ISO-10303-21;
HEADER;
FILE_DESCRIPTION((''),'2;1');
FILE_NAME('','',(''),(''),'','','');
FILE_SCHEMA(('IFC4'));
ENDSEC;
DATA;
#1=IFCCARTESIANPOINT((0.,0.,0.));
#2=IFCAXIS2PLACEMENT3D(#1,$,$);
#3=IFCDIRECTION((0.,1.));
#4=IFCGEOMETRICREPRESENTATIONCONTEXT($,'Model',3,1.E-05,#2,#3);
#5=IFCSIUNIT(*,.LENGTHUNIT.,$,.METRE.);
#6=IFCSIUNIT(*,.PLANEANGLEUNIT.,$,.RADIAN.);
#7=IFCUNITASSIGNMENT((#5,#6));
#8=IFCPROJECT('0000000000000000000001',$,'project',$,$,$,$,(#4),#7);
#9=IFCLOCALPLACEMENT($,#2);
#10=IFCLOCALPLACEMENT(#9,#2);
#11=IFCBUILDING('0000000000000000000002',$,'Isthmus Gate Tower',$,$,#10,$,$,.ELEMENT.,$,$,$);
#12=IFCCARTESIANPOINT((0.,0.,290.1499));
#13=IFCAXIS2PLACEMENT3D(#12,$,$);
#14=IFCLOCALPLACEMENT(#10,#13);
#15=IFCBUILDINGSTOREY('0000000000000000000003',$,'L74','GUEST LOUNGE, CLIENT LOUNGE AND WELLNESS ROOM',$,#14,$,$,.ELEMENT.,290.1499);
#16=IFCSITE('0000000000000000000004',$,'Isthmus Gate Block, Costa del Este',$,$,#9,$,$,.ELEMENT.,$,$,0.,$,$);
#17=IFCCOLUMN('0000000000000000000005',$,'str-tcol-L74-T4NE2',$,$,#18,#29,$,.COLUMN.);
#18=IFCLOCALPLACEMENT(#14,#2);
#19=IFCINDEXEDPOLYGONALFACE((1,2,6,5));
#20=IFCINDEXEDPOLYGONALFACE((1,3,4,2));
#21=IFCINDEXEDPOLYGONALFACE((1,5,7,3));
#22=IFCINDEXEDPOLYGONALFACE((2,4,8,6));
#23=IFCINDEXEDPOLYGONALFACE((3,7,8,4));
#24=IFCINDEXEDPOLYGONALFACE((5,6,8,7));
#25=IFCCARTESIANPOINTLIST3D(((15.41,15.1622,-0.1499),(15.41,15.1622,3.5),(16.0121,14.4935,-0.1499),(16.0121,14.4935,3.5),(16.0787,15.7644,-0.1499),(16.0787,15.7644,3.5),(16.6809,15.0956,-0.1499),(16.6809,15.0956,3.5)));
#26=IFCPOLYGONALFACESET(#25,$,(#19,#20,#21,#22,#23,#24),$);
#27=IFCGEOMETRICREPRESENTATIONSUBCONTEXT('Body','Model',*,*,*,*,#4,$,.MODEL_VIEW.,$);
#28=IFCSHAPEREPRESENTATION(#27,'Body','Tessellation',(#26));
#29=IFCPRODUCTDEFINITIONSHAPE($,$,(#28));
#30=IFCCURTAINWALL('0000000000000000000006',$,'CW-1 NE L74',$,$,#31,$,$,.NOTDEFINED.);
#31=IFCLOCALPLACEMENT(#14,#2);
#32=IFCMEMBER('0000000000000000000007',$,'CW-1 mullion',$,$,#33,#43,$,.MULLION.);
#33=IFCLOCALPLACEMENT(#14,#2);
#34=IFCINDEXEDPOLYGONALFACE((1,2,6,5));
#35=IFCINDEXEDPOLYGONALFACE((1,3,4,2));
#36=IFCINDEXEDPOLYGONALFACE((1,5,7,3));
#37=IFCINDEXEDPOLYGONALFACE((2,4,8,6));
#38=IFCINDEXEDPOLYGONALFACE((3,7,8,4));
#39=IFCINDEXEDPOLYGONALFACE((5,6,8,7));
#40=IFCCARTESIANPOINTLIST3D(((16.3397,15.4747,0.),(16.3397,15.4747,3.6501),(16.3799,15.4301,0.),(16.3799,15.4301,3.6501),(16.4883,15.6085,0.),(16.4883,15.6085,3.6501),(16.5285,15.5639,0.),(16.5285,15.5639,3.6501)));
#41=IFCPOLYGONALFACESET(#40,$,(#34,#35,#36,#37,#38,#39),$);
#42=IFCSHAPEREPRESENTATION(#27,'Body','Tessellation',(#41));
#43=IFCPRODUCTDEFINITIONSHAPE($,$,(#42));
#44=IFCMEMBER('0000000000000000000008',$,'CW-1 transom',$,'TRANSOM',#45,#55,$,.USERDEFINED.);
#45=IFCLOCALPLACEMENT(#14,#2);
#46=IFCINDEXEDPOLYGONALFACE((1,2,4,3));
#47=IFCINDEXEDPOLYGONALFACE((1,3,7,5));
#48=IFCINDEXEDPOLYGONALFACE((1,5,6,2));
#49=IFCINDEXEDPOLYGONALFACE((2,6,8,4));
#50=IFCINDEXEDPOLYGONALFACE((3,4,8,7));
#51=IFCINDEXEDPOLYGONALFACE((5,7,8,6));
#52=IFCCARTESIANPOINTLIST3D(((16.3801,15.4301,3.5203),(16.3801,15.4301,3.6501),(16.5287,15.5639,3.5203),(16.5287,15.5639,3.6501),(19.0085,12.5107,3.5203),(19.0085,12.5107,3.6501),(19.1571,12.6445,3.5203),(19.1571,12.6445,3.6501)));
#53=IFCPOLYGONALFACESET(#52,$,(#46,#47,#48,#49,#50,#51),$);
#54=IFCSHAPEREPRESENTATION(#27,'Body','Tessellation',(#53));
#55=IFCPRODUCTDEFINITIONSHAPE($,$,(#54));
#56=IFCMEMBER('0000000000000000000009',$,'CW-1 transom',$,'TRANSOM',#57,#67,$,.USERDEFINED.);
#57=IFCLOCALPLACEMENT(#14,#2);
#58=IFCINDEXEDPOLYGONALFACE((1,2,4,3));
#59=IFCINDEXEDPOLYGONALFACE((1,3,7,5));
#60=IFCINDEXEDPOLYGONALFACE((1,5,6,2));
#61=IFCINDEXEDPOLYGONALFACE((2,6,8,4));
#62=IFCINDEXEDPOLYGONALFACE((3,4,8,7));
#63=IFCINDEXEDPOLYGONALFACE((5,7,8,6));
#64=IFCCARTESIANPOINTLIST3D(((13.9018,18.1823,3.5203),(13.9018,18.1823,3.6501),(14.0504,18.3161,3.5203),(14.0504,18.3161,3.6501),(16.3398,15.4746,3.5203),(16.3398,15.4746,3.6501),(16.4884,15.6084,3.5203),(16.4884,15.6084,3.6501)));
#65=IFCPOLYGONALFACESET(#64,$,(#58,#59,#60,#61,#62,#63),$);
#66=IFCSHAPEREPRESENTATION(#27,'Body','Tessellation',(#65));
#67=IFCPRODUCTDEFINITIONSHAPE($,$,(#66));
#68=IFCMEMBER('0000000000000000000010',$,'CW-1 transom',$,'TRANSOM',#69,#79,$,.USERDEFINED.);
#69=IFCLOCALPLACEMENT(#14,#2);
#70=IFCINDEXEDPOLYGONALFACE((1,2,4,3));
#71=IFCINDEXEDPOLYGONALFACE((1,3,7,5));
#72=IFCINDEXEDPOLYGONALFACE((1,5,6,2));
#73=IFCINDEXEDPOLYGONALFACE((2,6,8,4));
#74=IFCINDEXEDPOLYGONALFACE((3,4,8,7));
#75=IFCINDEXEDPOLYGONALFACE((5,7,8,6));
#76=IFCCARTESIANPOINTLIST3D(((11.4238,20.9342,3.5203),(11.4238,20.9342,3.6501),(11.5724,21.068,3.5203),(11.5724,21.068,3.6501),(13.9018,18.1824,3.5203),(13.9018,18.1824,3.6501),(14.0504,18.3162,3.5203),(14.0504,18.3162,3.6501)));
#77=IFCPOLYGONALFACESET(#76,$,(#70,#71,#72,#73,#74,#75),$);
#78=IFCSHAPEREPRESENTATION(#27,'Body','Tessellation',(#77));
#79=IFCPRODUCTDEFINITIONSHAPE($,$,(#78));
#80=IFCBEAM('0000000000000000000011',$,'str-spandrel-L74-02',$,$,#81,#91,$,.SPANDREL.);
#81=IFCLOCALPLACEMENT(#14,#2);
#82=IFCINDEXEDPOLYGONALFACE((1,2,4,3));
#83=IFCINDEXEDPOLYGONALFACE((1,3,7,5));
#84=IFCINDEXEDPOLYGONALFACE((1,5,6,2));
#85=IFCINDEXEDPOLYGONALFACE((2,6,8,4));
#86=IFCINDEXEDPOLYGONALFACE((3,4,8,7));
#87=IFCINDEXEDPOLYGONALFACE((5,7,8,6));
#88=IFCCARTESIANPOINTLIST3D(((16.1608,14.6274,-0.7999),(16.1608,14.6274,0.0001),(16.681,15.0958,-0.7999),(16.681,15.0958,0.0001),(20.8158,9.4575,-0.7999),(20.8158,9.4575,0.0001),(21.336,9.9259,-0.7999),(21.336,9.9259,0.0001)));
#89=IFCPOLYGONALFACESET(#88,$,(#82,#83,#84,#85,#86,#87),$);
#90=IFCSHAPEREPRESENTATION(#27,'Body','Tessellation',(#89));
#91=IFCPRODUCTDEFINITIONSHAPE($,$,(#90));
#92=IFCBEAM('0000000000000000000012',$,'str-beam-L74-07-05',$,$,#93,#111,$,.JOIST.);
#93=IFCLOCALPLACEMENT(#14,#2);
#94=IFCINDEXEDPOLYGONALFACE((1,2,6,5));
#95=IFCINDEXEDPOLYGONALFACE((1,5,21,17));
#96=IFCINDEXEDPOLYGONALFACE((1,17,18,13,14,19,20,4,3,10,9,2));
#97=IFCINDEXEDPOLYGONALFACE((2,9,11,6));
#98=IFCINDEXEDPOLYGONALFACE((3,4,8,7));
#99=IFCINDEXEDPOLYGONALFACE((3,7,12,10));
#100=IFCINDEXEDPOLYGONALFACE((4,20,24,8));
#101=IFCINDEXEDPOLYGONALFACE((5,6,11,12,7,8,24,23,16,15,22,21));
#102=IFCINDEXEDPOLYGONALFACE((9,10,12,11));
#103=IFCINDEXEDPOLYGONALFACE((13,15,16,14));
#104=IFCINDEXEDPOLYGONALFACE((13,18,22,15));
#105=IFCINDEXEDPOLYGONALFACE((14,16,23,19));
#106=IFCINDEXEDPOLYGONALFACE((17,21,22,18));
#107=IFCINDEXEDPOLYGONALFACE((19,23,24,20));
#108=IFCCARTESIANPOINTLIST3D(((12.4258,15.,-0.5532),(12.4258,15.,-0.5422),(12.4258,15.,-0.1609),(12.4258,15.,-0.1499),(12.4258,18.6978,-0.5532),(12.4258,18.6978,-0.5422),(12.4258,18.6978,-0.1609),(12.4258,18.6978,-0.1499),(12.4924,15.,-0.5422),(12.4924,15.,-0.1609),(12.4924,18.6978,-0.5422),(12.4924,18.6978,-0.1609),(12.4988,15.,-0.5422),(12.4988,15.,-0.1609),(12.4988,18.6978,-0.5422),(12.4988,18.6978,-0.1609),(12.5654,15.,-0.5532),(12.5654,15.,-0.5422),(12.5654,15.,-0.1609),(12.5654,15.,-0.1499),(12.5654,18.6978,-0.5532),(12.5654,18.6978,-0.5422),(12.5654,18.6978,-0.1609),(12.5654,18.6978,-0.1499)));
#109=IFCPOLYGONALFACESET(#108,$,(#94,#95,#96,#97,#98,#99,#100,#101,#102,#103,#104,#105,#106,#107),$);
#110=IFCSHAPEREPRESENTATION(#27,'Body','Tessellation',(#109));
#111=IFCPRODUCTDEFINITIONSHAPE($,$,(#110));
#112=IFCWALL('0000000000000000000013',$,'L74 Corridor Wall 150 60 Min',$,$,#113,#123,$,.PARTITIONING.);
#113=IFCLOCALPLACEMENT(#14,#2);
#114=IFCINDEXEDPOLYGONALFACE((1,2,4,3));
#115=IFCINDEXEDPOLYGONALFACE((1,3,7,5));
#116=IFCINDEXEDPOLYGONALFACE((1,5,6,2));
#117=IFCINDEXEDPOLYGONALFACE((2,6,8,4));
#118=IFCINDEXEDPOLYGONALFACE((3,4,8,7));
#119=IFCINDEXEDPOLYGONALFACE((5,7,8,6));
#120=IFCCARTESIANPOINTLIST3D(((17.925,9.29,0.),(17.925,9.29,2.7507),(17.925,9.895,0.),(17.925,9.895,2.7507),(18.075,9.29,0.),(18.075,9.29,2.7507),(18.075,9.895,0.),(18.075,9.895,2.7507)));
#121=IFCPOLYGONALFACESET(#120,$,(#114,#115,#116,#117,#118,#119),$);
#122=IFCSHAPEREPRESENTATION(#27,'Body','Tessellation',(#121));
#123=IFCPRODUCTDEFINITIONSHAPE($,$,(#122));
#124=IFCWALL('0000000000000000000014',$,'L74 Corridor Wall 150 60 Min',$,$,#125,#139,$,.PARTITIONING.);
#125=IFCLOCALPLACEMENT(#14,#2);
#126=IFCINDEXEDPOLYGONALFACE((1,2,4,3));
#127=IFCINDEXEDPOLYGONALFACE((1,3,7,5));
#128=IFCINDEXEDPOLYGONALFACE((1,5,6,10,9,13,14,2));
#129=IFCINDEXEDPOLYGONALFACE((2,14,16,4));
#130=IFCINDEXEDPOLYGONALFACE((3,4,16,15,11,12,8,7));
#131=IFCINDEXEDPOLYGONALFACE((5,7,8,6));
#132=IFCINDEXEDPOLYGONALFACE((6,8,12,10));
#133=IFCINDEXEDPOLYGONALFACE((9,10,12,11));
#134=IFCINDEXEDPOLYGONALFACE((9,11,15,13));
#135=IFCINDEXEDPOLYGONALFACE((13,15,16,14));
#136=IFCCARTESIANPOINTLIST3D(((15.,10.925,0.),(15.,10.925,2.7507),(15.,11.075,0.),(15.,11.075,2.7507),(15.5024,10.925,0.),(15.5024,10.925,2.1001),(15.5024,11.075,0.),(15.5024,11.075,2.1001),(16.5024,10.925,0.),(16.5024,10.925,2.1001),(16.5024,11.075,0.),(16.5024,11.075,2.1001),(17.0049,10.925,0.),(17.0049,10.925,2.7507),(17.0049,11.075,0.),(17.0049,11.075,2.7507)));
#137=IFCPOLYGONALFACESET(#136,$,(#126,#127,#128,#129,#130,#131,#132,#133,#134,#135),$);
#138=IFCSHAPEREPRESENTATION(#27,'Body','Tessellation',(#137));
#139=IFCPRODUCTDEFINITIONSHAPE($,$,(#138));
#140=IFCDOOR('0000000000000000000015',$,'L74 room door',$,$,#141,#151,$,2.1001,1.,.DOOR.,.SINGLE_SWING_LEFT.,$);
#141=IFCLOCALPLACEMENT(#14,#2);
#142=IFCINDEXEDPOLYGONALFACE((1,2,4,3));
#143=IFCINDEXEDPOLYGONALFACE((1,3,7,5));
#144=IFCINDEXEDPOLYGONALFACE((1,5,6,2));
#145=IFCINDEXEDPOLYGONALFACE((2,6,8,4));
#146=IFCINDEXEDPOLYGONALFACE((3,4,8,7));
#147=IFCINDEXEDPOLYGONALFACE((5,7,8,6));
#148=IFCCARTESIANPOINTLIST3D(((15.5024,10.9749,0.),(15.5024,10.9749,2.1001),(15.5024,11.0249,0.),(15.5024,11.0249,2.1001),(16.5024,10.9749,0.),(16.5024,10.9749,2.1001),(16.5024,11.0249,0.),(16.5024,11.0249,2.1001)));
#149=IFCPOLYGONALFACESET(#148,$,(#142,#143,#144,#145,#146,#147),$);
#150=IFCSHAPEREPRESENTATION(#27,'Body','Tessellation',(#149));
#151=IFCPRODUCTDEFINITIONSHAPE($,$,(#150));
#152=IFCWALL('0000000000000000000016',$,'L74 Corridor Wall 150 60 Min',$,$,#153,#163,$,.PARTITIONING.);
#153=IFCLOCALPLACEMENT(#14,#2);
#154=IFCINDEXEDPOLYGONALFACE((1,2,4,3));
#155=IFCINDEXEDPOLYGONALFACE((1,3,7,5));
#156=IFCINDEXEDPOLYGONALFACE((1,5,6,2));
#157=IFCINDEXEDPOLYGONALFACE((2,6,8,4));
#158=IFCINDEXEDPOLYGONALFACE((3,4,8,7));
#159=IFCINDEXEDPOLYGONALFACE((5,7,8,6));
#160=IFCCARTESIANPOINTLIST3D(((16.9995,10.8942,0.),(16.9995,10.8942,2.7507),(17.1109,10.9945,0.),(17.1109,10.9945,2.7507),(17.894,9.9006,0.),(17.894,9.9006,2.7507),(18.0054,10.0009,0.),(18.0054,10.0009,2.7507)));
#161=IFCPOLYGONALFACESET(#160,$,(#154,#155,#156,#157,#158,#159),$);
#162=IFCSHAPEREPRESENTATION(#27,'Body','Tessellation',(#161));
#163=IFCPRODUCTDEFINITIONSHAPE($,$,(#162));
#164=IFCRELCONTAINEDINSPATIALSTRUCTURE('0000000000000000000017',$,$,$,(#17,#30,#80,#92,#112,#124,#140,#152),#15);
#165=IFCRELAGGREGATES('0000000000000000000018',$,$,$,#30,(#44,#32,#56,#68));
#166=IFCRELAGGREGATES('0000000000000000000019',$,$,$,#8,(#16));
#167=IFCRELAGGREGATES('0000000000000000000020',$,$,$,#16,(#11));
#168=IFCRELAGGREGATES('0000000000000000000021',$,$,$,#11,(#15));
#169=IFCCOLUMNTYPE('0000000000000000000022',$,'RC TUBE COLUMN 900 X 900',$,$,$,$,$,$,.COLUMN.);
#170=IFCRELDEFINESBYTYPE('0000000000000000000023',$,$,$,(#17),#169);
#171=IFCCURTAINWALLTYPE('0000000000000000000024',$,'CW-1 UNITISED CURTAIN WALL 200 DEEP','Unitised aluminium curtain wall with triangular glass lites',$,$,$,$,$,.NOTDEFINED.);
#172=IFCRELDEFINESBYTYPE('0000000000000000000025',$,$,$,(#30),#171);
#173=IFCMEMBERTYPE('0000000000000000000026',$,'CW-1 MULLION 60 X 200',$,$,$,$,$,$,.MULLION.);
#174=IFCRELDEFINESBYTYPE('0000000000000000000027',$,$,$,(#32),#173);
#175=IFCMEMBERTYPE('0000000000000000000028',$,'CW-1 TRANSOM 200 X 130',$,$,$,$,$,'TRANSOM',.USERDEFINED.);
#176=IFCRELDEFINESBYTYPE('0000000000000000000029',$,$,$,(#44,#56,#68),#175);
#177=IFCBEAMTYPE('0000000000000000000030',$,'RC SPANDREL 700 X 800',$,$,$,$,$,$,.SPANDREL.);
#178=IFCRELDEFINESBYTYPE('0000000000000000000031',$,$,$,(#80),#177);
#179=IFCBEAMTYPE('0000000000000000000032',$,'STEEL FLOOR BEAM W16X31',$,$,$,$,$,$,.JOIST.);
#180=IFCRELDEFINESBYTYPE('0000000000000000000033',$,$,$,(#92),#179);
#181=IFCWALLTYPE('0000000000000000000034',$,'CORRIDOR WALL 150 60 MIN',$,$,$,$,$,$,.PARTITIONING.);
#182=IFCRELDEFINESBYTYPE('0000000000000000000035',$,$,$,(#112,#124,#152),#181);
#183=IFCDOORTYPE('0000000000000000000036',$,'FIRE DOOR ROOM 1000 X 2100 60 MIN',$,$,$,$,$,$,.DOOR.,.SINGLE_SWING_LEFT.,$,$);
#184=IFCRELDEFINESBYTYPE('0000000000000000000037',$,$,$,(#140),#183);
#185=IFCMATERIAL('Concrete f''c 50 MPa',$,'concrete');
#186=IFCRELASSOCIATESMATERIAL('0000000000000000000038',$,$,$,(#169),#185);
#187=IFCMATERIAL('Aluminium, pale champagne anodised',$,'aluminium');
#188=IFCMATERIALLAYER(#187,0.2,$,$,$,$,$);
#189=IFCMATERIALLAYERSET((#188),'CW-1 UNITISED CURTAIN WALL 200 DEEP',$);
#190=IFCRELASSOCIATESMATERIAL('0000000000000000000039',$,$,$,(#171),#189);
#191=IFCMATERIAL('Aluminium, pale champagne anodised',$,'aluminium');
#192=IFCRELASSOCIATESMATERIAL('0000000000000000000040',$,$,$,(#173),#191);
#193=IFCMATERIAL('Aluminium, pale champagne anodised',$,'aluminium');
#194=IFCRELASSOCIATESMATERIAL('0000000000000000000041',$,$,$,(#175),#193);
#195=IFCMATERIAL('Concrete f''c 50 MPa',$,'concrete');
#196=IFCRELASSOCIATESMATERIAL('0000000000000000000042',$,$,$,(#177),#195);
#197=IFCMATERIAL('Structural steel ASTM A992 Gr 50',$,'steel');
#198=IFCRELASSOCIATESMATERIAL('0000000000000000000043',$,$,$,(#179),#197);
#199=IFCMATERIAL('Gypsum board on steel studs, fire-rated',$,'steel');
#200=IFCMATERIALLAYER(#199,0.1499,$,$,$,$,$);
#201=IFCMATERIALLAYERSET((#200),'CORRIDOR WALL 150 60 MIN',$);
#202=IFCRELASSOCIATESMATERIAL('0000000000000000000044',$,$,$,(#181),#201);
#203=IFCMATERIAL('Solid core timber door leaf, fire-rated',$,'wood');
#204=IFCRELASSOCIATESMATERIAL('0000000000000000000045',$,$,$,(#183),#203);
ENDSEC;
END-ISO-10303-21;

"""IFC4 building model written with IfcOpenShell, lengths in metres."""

from ifc_helpers import new_model, si_unit, direction, frame, frame_2d, origin, origin_2d, place, context, subcontext, project, spatial, rectangle, i_section, extrude, material, layer, layer_set, material_profile, profile_set, type_object, element, fill, aggregate, save


model = new_model("IFC4")

# Units and contexts
model_context = context("Model", 3, precision=1e-05, world=origin(), true_north=direction((0.0, 1.0)))
body_context = subcontext(model_context, "Body", "Model", "MODEL_VIEW")
ifc_project = project(units=[si_unit("LENGTHUNIT", "METRE"), si_unit("PLANEANGLEUNIT", "RADIAN")], contexts=[model_context])

# Site, building, storey
site_placement = place(None, origin())
site = spatial("IfcSite", under=ifc_project, at=site_placement, Name="Isthmus Gate Block, Costa del Este", CompositionType="ELEMENT", RefElevation=0.0)
building_placement = place(site_placement, origin())
building = spatial("IfcBuilding", under=site, at=building_placement, Name="Isthmus Gate Tower", CompositionType="ELEMENT")
storey_placement = place(building_placement, frame((0.0, 0.0, 290.1499)))
storey = spatial("IfcBuildingStorey", under=building, at=storey_placement, Name="L74", Description="GUEST LOUNGE, CLIENT LOUNGE AND WELLNESS ROOM", CompositionType="ELEMENT", Elevation=290.1499)

# Column
ifc_material_1 = material(Name="Concrete f'c 50 MPa", Category="concrete")
ifc_material_profile_1 = material_profile(ifc_material_1, rectangle(XDim=0.8999, YDim=0.8999, at=origin_2d()), Name="RC 900X900")
ifc_profile_set_1 = profile_set([ifc_material_profile_1], Name="Concrete f'c 50 MPa")
column_type = type_object("IfcColumnType", Name="RC TUBE COLUMN 900 X 900", PredefinedType="COLUMN", material=ifc_profile_set_1)
column_placement = place(storey_placement, frame((16.0454, 15.1289, -0.1499), z_axis=(0.0, 0.0, 1.0), x_axis=(-0.669131, 0.743145, 0.0)))
element("IfcColumn", 1, at=column_placement, inside=storey, type_object=column_type, Name="str-tcol-L74-T4NE2", PredefinedType="COLUMN", context=body_context, shape_type="SweptSolid", body=[
    extrude(rectangle(XDim=0.8999, YDim=0.8999, at=origin_2d()), origin(), (0.0, 0.0, 1.0), 3.6499),
])

# Curtain wall, members
ifc_material_2 = material(Name="Aluminium, pale champagne anodised", Category="aluminium")
ifc_layer_1 = layer(ifc_material_2, 0.2)
ifc_layer_set_1 = layer_set([ifc_layer_1], Name="CW-1 UNITISED CURTAIN WALL 200 DEEP")
curtain_wall_type = type_object("IfcCurtainWallType", Name="CW-1 UNITISED CURTAIN WALL 200 DEEP", Description="Unitised aluminium curtain wall with triangular glass lites", PredefinedType="NOTDEFINED", material=ifc_layer_set_1)
curtain_wall_placement = place(storey_placement, origin())
curtain_wall = element("IfcCurtainWall", 2, at=curtain_wall_placement, inside=storey, type_object=curtain_wall_type, Name="CW-1 NE L74", PredefinedType="NOTDEFINED")
ifc_material_3 = material(Name="Aluminium, pale champagne anodised", Category="aluminium")
ifc_material_profile_2 = material_profile(ifc_material_3, rectangle(XDim=0.0601, YDim=0.2, at=origin_2d()), Name="60x200")
ifc_profile_set_2 = profile_set([ifc_material_profile_2], Name="Aluminium, pale champagne anodised")
member_type_1 = type_object("IfcMemberType", Name="CW-1 MULLION 60 X 200", PredefinedType="MULLION", material=ifc_profile_set_2)
member_1_placement = place(storey_placement, frame((16.4341, 15.5193, 0.0), z_axis=(0.0, 0.0, 1.0), x_axis=(-0.669131, 0.743145, 0.0)))
member_1 = element("IfcMember", 3, at=member_1_placement, type_object=member_type_1, Name="CW-1 mullion", PredefinedType="MULLION", context=body_context, shape_type="SweptSolid", body=[
    extrude(rectangle(XDim=0.0601, YDim=0.2, at=origin_2d()), origin(), (0.0, 0.0, 1.0), 3.6501),
])
ifc_material_4 = material(Name="Aluminium, pale champagne anodised", Category="aluminium")
ifc_material_profile_3 = material_profile(ifc_material_4, rectangle(XDim=0.2, YDim=0.1299, at=origin_2d()), Name="200x130")
ifc_profile_set_3 = profile_set([ifc_material_profile_3], Name="Aluminium, pale champagne anodised")
member_type_2 = type_object("IfcMemberType", Name="CW-1 TRANSOM 200 X 130", ElementType="TRANSOM", PredefinedType="USERDEFINED", material=ifc_profile_set_3)
member_2_placement = place(storey_placement, frame((19.0828, 12.5776, 3.5852), z_axis=(-0.669095, 0.743177, 0.0), x_axis=(-0.743177, -0.669095, 0.0)))
member_2 = element("IfcMember", 4, at=member_2_placement, type_object=member_type_2, Name="CW-1 transom", ObjectType="TRANSOM", PredefinedType="USERDEFINED", context=body_context, shape_type="SweptSolid", body=[
    extrude(rectangle(XDim=0.2, YDim=0.1299, at=origin_2d()), origin(), (0.0, 0.0, 1.0), 3.9282),
])
member_3_placement = place(storey_placement, frame((16.4141, 15.5415, 3.5852), z_axis=(-0.669116, 0.743158, 0.0), x_axis=(-0.743158, -0.669116, 0.0)))
member_3 = element("IfcMember", 5, at=member_3_placement, type_object=member_type_2, Name="CW-1 transom", ObjectType="TRANSOM", PredefinedType="USERDEFINED", context=body_context, shape_type="SweptSolid", body=[
    extrude(rectangle(XDim=0.2, YDim=0.1299, at=origin_2d()), origin(), (0.0, 0.0, 1.0), 3.6436),
])
member_4_placement = place(storey_placement, frame((13.9761, 18.2493, 3.5852), z_axis=(-0.669154, 0.743124, 0.0), x_axis=(-0.743124, -0.669154, 0.0)))
member_4 = element("IfcMember", 6, at=member_4_placement, type_object=member_type_2, Name="CW-1 transom", ObjectType="TRANSOM", PredefinedType="USERDEFINED", context=body_context, shape_type="SweptSolid", body=[
    extrude(rectangle(XDim=0.2, YDim=0.1299, at=origin_2d()), origin(), (0.0, 0.0, 1.0), 3.7031),
])

# Beams
ifc_material_5 = material(Name="Concrete f'c 50 MPa", Category="concrete")
ifc_material_profile_4 = material_profile(ifc_material_5, rectangle(XDim=0.7, YDim=0.8, at=origin_2d()), Name="RC 700X800")
ifc_profile_set_4 = profile_set([ifc_material_profile_4], Name="Concrete f'c 50 MPa")
beam_type_1 = type_object("IfcBeamType", Name="RC SPANDREL 700 X 800", PredefinedType="SPANDREL", material=ifc_profile_set_4)
beam_1_placement = place(storey_placement, frame((16.4209, 14.8616, -0.3999), z_axis=(0.669131, -0.743144, 0.0), x_axis=(0.743144, 0.669131, 0.0)))
element("IfcBeam", 7, at=beam_1_placement, inside=storey, type_object=beam_type_1, Name="str-spandrel-L74-02", PredefinedType="SPANDREL", context=body_context, shape_type="SweptSolid", body=[
    extrude(rectangle(XDim=0.7, YDim=0.8, at=origin_2d()), origin(), (0.0, 0.0, 1.0), 6.9568),
])
ifc_material_6 = material(Name="Structural steel ASTM A992 Gr 50", Category="steel")
ifc_material_profile_5 = material_profile(ifc_material_6, i_section(OverallWidth=0.1396, OverallDepth=0.4033, WebThickness=0.0063, FlangeThickness=0.011, at=origin_2d()), Name="W16X31")
ifc_profile_set_5 = profile_set([ifc_material_profile_5], Name="Structural steel ASTM A992 Gr 50")
beam_type_2 = type_object("IfcBeamType", Name="STEEL FLOOR BEAM W16X31", PredefinedType="JOIST", material=ifc_profile_set_5)
beam_2_placement = place(storey_placement, frame((12.4956, 15.0, -0.3516), z_axis=(0.0, 1.0, 0.0), x_axis=(-1.0, 0.0, 0.0)))
element("IfcBeam", 8, at=beam_2_placement, inside=storey, type_object=beam_type_2, Name="str-beam-L74-07-05", PredefinedType="JOIST", context=body_context, shape_type="SweptSolid", body=[
    extrude(i_section(OverallWidth=0.1396, OverallDepth=0.4033, WebThickness=0.0063, FlangeThickness=0.011, at=origin_2d()), origin(), (0.0, 0.0, 1.0), 3.6978),
])

# Wall
ifc_material_7 = material(Name="Gypsum board on steel studs, fire-rated", Category="steel")
ifc_layer_2 = layer(ifc_material_7, 0.1499)
ifc_layer_set_2 = layer_set([ifc_layer_2], Name="CORRIDOR WALL 150 60 MIN")
wall_type = type_object("IfcWallType", Name="CORRIDOR WALL 150 60 MIN", PredefinedType="PARTITIONING", material=ifc_layer_set_2)
wall_1_placement = place(storey_placement, frame((18.0, 9.895, 0.0), z_axis=(0.0, 0.0, 1.0), x_axis=(0.0, -1.0, 0.0)))
element("IfcWall", 9, at=wall_1_placement, inside=storey, type_object=wall_type, Name="L74 Corridor Wall 150 60 Min", PredefinedType="PARTITIONING", context=body_context, shape_type="SweptSolid", body=[
    extrude(rectangle(XDim=0.605, YDim=0.1499, at=frame_2d((0.3025, 0.0))), origin(), (0.0, 0.0, 1.0), 2.7507),
])

# Wall, opening, door
wall_2_placement = place(storey_placement, frame((15.0, 11.0, 0.0), z_axis=(0.0, 0.0, 1.0), x_axis=(1.0, 0.0, 0.0)))
wall_2 = element("IfcWall", 10, at=wall_2_placement, inside=storey, type_object=wall_type, Name="L74 Corridor Wall 150 60 Min", PredefinedType="PARTITIONING", context=body_context, shape_type="SweptSolid", body=[
    extrude(rectangle(XDim=2.0049, YDim=0.1499, at=frame_2d((1.0024, 0.0))), origin(), (0.0, 0.0, 1.0), 2.7507),
])
opening_placement = place(wall_2_placement, frame((0.5024, 0.0, 0.0)))
opening = element("IfcOpeningElement", 11, at=opening_placement, cuts=wall_2, PredefinedType="OPENING", context=body_context, shape_type="SweptSolid", body=[
    extrude(rectangle(XDim=1.0, YDim=2.1001, at=frame_2d((0.5, 1.05))), frame((0.0, 0.085, 0.0), z_axis=(0.0, -1.0, 0.0), x_axis=(1.0, 0.0, 0.0)), (0.0, 0.0, 1.0), 0.1699),
])
ifc_material_8 = material(Name="Solid core timber door leaf, fire-rated", Category="wood")
door_type = type_object("IfcDoorType", Name="FIRE DOOR ROOM 1000 X 2100 60 MIN", OperationType="SINGLE_SWING_LEFT", PredefinedType="DOOR", material=ifc_material_8)
door_placement = place(opening_placement, origin())
door = element("IfcDoor", 12, at=door_placement, inside=storey, type_object=door_type, Name="L74 room door", OperationType="SINGLE_SWING_LEFT", OverallHeight=2.1001, OverallWidth=1.0, PredefinedType="DOOR", context=body_context, shape_type="SweptSolid", body=[
    extrude(rectangle(XDim=1.0, YDim=2.1001, at=frame_2d((0.5, 1.05))), frame((0.0, 0.0249, 0.0), z_axis=(0.0, -1.0, 0.0), x_axis=(1.0, 0.0, 0.0)), (0.0, 0.0, 1.0), 0.05),
])
fill(opening, door)

# Wall
wall_3_placement = place(storey_placement, frame((17.0552, 10.9443, 0.0), z_axis=(0.0, 0.0, 1.0), x_axis=(0.669066, -0.743203, 0.0)))
element("IfcWall", 13, at=wall_3_placement, inside=storey, type_object=wall_type, Name="L74 Corridor Wall 150 60 Min", PredefinedType="PARTITIONING", context=body_context, shape_type="SweptSolid", body=[
    extrude(rectangle(XDim=1.3369, YDim=0.1499, at=frame_2d((0.6685, 0.0))), origin(), (0.0, 0.0, 1.0), 2.7507),
])

aggregate(curtain_wall, [member_2, member_1, member_3, member_4])

save(model, "model.ifc")
